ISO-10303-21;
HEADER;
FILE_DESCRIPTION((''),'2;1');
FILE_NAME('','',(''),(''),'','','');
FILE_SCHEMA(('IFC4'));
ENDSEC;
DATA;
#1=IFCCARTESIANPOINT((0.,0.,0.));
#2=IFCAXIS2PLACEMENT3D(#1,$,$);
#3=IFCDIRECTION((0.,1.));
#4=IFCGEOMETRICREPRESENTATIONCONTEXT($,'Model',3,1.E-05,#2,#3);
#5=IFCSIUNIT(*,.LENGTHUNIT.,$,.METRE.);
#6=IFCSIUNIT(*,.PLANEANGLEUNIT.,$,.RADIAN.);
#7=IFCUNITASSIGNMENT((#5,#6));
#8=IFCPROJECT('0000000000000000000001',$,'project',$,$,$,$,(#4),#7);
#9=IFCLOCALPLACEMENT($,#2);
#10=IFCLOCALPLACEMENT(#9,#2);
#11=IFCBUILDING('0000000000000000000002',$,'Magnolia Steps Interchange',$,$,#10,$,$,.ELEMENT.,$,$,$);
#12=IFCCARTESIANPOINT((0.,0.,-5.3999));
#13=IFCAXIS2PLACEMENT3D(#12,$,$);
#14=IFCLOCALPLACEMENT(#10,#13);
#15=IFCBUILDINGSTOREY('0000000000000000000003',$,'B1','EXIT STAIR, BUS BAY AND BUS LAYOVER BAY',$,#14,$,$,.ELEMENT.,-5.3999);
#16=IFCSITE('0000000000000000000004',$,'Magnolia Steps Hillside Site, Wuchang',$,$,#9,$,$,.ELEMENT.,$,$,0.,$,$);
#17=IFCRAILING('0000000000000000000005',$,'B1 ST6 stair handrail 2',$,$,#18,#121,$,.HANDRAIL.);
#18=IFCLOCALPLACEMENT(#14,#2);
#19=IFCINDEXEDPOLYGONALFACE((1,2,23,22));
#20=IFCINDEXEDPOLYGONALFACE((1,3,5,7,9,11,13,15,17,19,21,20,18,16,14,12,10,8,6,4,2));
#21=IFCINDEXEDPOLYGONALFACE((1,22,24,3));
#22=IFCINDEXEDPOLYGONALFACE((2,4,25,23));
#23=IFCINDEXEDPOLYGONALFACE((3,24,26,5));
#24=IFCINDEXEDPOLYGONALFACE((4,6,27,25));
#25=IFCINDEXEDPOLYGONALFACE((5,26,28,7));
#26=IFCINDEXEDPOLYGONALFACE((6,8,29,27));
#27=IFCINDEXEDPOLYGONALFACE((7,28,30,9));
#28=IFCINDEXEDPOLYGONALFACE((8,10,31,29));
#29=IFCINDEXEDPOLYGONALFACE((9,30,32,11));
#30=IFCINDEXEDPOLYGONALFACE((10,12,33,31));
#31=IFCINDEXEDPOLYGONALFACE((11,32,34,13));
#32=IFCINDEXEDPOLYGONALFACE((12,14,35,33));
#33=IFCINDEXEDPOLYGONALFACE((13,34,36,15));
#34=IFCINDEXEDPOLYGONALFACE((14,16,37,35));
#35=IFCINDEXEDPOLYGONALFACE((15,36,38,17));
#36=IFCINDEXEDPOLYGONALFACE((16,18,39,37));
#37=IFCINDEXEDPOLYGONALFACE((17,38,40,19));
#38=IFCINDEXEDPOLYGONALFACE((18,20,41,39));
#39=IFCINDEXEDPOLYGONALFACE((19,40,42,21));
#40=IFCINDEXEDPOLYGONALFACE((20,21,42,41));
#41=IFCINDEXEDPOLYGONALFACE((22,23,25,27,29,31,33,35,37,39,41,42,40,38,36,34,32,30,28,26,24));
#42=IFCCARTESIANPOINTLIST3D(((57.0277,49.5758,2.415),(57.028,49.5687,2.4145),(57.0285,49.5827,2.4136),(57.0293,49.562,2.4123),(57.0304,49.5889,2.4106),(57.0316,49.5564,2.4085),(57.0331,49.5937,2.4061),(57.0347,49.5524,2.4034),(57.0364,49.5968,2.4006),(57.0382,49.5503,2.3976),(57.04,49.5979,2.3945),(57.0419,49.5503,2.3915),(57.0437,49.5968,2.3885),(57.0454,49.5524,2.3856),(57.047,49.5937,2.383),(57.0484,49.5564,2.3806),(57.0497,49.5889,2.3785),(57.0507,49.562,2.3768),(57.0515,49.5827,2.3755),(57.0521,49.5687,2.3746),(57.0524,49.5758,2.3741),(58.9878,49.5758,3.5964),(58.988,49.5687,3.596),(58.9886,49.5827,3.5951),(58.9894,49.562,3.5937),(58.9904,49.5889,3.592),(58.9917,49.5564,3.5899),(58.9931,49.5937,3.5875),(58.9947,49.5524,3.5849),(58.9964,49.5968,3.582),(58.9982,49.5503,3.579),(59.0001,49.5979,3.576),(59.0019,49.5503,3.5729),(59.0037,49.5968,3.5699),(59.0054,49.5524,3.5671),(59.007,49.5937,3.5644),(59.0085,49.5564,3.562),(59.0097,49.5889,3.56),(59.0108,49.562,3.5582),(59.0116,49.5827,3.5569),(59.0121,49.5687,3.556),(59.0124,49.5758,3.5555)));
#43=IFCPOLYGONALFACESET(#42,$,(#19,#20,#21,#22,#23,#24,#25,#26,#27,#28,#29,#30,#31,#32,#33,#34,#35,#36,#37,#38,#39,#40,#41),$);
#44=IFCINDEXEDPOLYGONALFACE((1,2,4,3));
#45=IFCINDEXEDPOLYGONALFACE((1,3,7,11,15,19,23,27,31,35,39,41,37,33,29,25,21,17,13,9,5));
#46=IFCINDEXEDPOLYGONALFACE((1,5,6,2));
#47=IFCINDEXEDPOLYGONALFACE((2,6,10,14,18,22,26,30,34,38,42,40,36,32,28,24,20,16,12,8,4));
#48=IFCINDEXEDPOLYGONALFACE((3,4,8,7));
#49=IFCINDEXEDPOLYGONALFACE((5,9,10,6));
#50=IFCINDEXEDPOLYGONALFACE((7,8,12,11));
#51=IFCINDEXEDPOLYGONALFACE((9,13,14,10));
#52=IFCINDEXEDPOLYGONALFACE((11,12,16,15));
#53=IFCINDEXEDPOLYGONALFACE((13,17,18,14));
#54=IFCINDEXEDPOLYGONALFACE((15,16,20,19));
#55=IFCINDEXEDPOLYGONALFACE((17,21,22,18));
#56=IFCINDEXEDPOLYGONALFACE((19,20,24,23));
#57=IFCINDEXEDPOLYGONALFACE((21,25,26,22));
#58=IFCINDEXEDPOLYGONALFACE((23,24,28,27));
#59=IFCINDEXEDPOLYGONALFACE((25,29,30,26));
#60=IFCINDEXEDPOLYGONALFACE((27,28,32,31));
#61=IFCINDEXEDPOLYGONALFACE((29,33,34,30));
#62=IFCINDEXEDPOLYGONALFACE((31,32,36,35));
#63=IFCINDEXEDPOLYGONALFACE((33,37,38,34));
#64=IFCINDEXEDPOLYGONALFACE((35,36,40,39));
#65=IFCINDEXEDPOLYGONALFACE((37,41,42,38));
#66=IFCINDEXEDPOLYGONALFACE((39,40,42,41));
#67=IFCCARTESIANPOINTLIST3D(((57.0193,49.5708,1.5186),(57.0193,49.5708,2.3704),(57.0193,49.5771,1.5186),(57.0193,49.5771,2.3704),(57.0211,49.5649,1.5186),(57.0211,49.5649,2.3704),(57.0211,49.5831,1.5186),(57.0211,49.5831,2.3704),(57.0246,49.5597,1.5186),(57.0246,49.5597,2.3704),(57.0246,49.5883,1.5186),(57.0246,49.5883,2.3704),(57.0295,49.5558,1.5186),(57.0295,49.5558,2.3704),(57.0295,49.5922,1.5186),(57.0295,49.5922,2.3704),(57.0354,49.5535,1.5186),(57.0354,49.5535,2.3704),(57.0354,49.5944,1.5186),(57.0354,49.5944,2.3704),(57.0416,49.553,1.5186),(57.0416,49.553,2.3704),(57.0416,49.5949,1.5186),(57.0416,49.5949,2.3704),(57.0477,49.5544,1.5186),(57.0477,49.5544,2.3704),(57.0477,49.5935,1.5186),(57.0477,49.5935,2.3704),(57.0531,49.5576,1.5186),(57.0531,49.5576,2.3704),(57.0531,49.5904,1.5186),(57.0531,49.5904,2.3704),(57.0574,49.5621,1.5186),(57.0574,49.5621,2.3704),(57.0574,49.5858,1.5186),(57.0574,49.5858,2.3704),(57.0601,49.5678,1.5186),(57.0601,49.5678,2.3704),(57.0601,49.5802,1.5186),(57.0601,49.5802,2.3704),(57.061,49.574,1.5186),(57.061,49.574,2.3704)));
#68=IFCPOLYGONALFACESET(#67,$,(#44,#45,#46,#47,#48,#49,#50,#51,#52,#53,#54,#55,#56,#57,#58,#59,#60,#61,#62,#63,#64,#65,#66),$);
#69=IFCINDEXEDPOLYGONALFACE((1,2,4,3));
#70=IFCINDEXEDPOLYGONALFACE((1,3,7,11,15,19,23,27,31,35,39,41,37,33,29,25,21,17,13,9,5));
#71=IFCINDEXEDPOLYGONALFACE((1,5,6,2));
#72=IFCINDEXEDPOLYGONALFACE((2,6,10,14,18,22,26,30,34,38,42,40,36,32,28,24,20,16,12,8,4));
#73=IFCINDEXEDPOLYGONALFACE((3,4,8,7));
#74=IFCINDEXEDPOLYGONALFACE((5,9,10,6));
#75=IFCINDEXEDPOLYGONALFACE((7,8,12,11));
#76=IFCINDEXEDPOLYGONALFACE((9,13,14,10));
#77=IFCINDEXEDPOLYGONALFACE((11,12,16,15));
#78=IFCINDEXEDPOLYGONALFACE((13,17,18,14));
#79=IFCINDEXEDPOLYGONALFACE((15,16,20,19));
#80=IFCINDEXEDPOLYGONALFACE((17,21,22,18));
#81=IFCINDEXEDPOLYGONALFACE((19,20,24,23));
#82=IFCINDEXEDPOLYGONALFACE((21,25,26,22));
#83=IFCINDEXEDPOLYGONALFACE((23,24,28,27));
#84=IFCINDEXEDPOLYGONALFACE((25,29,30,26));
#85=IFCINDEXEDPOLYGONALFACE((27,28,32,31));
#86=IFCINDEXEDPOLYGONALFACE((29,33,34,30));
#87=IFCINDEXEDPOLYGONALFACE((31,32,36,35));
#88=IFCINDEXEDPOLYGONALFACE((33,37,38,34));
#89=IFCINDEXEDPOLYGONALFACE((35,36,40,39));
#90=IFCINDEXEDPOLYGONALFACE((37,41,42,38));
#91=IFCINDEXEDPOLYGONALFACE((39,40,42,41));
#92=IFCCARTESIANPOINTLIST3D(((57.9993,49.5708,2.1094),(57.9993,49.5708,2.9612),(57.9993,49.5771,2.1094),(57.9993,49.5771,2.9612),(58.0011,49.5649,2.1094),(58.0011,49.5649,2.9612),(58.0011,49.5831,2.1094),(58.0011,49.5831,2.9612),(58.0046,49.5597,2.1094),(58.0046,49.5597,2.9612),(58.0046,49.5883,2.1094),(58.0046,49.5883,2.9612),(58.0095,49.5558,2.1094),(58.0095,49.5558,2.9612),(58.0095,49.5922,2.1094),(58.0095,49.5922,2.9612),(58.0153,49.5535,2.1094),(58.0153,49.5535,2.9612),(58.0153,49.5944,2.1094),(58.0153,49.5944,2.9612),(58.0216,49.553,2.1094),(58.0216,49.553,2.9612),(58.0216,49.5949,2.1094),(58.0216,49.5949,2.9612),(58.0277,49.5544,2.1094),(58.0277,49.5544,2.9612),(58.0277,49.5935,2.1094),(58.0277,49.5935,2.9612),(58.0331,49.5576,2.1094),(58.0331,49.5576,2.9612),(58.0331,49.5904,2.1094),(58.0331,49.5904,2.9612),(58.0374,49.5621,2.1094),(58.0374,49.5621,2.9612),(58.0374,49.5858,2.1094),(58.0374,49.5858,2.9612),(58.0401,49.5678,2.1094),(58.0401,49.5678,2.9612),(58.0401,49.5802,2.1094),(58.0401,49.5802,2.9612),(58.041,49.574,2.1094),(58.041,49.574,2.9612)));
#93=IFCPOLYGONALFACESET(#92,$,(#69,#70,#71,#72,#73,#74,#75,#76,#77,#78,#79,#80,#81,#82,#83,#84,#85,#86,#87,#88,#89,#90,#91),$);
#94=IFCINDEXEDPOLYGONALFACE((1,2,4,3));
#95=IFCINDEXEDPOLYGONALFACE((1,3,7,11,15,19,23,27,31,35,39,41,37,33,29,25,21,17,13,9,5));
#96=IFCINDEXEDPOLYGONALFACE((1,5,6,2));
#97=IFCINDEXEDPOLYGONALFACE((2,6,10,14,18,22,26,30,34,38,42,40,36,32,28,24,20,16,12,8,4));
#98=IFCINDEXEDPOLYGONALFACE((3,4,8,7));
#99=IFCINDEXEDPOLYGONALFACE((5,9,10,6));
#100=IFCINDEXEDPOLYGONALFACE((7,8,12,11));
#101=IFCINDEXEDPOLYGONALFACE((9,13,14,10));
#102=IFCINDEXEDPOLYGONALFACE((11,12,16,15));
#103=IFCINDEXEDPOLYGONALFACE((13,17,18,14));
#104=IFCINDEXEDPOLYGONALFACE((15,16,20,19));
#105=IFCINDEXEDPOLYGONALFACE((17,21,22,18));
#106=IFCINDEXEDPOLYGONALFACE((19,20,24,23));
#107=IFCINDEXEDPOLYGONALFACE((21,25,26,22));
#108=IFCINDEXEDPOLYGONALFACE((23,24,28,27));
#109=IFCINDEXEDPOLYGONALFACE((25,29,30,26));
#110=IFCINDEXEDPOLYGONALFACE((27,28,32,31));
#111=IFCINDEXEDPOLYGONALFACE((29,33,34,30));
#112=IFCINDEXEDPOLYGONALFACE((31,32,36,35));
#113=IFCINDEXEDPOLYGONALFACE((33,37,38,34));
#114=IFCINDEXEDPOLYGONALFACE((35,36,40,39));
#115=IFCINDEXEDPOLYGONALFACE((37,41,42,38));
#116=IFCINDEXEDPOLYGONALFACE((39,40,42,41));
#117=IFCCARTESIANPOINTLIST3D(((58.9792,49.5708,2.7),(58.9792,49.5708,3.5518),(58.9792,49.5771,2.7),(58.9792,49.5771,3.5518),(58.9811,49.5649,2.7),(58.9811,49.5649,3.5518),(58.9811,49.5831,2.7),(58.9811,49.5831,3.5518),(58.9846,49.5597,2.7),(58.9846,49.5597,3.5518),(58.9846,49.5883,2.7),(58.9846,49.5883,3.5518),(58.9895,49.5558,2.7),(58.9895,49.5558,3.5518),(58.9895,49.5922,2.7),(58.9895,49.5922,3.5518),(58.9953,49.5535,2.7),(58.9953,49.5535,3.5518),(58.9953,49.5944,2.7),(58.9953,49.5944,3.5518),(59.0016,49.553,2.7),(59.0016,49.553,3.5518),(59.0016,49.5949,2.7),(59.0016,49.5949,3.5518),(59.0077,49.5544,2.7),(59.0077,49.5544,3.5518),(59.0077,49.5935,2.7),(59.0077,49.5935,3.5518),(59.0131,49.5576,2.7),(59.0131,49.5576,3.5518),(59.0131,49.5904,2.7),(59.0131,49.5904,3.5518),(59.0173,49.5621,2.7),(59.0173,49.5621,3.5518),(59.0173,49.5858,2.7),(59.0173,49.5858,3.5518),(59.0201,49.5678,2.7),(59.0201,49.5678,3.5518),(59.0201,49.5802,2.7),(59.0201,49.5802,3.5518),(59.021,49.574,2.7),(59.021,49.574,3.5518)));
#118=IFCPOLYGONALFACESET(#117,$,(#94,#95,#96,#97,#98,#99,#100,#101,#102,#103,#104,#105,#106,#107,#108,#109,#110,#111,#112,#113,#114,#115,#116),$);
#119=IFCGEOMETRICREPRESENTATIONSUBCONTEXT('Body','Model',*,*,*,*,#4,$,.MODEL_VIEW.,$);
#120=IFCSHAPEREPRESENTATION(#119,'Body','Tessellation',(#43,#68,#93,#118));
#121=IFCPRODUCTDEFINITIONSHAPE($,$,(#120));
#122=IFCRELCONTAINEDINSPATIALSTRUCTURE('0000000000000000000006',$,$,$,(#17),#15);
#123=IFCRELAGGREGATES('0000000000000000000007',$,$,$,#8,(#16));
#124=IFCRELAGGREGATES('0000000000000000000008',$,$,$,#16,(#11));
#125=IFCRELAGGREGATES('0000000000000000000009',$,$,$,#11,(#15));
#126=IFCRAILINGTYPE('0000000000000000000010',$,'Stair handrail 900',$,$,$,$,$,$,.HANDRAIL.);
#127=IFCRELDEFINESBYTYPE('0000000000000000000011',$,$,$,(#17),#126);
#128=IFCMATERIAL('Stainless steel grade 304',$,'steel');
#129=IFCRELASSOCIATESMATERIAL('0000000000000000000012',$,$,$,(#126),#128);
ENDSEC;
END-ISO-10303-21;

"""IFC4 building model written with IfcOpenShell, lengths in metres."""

from ifc_helpers import new_model, si_unit, direction, frame, origin, origin_2d, place, context, subcontext, project, spatial, circle, extrude, material, type_object, element, save


model = new_model("IFC4")

# Units and contexts
model_context = context("Model", 3, precision=1e-05, world=origin(), true_north=direction((0.0, 1.0)))
body_context = subcontext(model_context, "Body", "Model", "MODEL_VIEW")
ifc_project = project(units=[si_unit("LENGTHUNIT", "METRE"), si_unit("PLANEANGLEUNIT", "RADIAN")], contexts=[model_context])

# Site, building, storey
site_placement = place(None, origin())
site = spatial("IfcSite", under=ifc_project, at=site_placement, Name="Magnolia Steps Hillside Site, Wuchang", CompositionType="ELEMENT", RefElevation=0.0)
building_placement = place(site_placement, origin())
building = spatial("IfcBuilding", under=site, at=building_placement, Name="Magnolia Steps Interchange", CompositionType="ELEMENT")
storey_placement = place(building_placement, frame((0.0, 0.0, -5.3999)))
storey = spatial("IfcBuildingStorey", under=building, at=storey_placement, Name="B1", Description="EXIT STAIR, BUS BAY AND BUS LAYOVER BAY", CompositionType="ELEMENT", Elevation=-5.3999)

# Railing
ifc_material_1 = material(Name="Stainless steel grade 304", Category="steel")
railing_type_1 = type_object("IfcRailingType", Name="Stair handrail 900", PredefinedType="HANDRAIL", material=ifc_material_1)
railing_1_placement = place(storey_placement, frame((57.04, 49.574, 1.5186)))
element("IfcRailing", 1, at=railing_1_placement, inside=storey, type_object=railing_type_1, Name="B1 ST6 stair handrail 2", PredefinedType="HANDRAIL", context=body_context, shape_type="SweptSolid", body=[
    extrude(circle(Radius=0.0239, at=origin_2d()), frame((0.0, 0.0, 0.876), z_axis=(0.856446, 0.0, 0.516236), x_axis=(0.0, 1.0, 0.0)), (0.0, 0.0, 1.0), 2.2886),
    extrude(circle(Radius=0.021, at=origin_2d()), origin(), (0.0, 0.0, 1.0), 0.8518),
    extrude(circle(Radius=0.021, at=origin_2d()), frame((0.98, 0.0, 0.5908)), (0.0, 0.0, 1.0), 0.8518),
    extrude(circle(Radius=0.021, at=origin_2d()), frame((1.96, 0.0, 1.1814)), (0.0, 0.0, 1.0), 0.8518),
])

save(model, "model.ifc")
